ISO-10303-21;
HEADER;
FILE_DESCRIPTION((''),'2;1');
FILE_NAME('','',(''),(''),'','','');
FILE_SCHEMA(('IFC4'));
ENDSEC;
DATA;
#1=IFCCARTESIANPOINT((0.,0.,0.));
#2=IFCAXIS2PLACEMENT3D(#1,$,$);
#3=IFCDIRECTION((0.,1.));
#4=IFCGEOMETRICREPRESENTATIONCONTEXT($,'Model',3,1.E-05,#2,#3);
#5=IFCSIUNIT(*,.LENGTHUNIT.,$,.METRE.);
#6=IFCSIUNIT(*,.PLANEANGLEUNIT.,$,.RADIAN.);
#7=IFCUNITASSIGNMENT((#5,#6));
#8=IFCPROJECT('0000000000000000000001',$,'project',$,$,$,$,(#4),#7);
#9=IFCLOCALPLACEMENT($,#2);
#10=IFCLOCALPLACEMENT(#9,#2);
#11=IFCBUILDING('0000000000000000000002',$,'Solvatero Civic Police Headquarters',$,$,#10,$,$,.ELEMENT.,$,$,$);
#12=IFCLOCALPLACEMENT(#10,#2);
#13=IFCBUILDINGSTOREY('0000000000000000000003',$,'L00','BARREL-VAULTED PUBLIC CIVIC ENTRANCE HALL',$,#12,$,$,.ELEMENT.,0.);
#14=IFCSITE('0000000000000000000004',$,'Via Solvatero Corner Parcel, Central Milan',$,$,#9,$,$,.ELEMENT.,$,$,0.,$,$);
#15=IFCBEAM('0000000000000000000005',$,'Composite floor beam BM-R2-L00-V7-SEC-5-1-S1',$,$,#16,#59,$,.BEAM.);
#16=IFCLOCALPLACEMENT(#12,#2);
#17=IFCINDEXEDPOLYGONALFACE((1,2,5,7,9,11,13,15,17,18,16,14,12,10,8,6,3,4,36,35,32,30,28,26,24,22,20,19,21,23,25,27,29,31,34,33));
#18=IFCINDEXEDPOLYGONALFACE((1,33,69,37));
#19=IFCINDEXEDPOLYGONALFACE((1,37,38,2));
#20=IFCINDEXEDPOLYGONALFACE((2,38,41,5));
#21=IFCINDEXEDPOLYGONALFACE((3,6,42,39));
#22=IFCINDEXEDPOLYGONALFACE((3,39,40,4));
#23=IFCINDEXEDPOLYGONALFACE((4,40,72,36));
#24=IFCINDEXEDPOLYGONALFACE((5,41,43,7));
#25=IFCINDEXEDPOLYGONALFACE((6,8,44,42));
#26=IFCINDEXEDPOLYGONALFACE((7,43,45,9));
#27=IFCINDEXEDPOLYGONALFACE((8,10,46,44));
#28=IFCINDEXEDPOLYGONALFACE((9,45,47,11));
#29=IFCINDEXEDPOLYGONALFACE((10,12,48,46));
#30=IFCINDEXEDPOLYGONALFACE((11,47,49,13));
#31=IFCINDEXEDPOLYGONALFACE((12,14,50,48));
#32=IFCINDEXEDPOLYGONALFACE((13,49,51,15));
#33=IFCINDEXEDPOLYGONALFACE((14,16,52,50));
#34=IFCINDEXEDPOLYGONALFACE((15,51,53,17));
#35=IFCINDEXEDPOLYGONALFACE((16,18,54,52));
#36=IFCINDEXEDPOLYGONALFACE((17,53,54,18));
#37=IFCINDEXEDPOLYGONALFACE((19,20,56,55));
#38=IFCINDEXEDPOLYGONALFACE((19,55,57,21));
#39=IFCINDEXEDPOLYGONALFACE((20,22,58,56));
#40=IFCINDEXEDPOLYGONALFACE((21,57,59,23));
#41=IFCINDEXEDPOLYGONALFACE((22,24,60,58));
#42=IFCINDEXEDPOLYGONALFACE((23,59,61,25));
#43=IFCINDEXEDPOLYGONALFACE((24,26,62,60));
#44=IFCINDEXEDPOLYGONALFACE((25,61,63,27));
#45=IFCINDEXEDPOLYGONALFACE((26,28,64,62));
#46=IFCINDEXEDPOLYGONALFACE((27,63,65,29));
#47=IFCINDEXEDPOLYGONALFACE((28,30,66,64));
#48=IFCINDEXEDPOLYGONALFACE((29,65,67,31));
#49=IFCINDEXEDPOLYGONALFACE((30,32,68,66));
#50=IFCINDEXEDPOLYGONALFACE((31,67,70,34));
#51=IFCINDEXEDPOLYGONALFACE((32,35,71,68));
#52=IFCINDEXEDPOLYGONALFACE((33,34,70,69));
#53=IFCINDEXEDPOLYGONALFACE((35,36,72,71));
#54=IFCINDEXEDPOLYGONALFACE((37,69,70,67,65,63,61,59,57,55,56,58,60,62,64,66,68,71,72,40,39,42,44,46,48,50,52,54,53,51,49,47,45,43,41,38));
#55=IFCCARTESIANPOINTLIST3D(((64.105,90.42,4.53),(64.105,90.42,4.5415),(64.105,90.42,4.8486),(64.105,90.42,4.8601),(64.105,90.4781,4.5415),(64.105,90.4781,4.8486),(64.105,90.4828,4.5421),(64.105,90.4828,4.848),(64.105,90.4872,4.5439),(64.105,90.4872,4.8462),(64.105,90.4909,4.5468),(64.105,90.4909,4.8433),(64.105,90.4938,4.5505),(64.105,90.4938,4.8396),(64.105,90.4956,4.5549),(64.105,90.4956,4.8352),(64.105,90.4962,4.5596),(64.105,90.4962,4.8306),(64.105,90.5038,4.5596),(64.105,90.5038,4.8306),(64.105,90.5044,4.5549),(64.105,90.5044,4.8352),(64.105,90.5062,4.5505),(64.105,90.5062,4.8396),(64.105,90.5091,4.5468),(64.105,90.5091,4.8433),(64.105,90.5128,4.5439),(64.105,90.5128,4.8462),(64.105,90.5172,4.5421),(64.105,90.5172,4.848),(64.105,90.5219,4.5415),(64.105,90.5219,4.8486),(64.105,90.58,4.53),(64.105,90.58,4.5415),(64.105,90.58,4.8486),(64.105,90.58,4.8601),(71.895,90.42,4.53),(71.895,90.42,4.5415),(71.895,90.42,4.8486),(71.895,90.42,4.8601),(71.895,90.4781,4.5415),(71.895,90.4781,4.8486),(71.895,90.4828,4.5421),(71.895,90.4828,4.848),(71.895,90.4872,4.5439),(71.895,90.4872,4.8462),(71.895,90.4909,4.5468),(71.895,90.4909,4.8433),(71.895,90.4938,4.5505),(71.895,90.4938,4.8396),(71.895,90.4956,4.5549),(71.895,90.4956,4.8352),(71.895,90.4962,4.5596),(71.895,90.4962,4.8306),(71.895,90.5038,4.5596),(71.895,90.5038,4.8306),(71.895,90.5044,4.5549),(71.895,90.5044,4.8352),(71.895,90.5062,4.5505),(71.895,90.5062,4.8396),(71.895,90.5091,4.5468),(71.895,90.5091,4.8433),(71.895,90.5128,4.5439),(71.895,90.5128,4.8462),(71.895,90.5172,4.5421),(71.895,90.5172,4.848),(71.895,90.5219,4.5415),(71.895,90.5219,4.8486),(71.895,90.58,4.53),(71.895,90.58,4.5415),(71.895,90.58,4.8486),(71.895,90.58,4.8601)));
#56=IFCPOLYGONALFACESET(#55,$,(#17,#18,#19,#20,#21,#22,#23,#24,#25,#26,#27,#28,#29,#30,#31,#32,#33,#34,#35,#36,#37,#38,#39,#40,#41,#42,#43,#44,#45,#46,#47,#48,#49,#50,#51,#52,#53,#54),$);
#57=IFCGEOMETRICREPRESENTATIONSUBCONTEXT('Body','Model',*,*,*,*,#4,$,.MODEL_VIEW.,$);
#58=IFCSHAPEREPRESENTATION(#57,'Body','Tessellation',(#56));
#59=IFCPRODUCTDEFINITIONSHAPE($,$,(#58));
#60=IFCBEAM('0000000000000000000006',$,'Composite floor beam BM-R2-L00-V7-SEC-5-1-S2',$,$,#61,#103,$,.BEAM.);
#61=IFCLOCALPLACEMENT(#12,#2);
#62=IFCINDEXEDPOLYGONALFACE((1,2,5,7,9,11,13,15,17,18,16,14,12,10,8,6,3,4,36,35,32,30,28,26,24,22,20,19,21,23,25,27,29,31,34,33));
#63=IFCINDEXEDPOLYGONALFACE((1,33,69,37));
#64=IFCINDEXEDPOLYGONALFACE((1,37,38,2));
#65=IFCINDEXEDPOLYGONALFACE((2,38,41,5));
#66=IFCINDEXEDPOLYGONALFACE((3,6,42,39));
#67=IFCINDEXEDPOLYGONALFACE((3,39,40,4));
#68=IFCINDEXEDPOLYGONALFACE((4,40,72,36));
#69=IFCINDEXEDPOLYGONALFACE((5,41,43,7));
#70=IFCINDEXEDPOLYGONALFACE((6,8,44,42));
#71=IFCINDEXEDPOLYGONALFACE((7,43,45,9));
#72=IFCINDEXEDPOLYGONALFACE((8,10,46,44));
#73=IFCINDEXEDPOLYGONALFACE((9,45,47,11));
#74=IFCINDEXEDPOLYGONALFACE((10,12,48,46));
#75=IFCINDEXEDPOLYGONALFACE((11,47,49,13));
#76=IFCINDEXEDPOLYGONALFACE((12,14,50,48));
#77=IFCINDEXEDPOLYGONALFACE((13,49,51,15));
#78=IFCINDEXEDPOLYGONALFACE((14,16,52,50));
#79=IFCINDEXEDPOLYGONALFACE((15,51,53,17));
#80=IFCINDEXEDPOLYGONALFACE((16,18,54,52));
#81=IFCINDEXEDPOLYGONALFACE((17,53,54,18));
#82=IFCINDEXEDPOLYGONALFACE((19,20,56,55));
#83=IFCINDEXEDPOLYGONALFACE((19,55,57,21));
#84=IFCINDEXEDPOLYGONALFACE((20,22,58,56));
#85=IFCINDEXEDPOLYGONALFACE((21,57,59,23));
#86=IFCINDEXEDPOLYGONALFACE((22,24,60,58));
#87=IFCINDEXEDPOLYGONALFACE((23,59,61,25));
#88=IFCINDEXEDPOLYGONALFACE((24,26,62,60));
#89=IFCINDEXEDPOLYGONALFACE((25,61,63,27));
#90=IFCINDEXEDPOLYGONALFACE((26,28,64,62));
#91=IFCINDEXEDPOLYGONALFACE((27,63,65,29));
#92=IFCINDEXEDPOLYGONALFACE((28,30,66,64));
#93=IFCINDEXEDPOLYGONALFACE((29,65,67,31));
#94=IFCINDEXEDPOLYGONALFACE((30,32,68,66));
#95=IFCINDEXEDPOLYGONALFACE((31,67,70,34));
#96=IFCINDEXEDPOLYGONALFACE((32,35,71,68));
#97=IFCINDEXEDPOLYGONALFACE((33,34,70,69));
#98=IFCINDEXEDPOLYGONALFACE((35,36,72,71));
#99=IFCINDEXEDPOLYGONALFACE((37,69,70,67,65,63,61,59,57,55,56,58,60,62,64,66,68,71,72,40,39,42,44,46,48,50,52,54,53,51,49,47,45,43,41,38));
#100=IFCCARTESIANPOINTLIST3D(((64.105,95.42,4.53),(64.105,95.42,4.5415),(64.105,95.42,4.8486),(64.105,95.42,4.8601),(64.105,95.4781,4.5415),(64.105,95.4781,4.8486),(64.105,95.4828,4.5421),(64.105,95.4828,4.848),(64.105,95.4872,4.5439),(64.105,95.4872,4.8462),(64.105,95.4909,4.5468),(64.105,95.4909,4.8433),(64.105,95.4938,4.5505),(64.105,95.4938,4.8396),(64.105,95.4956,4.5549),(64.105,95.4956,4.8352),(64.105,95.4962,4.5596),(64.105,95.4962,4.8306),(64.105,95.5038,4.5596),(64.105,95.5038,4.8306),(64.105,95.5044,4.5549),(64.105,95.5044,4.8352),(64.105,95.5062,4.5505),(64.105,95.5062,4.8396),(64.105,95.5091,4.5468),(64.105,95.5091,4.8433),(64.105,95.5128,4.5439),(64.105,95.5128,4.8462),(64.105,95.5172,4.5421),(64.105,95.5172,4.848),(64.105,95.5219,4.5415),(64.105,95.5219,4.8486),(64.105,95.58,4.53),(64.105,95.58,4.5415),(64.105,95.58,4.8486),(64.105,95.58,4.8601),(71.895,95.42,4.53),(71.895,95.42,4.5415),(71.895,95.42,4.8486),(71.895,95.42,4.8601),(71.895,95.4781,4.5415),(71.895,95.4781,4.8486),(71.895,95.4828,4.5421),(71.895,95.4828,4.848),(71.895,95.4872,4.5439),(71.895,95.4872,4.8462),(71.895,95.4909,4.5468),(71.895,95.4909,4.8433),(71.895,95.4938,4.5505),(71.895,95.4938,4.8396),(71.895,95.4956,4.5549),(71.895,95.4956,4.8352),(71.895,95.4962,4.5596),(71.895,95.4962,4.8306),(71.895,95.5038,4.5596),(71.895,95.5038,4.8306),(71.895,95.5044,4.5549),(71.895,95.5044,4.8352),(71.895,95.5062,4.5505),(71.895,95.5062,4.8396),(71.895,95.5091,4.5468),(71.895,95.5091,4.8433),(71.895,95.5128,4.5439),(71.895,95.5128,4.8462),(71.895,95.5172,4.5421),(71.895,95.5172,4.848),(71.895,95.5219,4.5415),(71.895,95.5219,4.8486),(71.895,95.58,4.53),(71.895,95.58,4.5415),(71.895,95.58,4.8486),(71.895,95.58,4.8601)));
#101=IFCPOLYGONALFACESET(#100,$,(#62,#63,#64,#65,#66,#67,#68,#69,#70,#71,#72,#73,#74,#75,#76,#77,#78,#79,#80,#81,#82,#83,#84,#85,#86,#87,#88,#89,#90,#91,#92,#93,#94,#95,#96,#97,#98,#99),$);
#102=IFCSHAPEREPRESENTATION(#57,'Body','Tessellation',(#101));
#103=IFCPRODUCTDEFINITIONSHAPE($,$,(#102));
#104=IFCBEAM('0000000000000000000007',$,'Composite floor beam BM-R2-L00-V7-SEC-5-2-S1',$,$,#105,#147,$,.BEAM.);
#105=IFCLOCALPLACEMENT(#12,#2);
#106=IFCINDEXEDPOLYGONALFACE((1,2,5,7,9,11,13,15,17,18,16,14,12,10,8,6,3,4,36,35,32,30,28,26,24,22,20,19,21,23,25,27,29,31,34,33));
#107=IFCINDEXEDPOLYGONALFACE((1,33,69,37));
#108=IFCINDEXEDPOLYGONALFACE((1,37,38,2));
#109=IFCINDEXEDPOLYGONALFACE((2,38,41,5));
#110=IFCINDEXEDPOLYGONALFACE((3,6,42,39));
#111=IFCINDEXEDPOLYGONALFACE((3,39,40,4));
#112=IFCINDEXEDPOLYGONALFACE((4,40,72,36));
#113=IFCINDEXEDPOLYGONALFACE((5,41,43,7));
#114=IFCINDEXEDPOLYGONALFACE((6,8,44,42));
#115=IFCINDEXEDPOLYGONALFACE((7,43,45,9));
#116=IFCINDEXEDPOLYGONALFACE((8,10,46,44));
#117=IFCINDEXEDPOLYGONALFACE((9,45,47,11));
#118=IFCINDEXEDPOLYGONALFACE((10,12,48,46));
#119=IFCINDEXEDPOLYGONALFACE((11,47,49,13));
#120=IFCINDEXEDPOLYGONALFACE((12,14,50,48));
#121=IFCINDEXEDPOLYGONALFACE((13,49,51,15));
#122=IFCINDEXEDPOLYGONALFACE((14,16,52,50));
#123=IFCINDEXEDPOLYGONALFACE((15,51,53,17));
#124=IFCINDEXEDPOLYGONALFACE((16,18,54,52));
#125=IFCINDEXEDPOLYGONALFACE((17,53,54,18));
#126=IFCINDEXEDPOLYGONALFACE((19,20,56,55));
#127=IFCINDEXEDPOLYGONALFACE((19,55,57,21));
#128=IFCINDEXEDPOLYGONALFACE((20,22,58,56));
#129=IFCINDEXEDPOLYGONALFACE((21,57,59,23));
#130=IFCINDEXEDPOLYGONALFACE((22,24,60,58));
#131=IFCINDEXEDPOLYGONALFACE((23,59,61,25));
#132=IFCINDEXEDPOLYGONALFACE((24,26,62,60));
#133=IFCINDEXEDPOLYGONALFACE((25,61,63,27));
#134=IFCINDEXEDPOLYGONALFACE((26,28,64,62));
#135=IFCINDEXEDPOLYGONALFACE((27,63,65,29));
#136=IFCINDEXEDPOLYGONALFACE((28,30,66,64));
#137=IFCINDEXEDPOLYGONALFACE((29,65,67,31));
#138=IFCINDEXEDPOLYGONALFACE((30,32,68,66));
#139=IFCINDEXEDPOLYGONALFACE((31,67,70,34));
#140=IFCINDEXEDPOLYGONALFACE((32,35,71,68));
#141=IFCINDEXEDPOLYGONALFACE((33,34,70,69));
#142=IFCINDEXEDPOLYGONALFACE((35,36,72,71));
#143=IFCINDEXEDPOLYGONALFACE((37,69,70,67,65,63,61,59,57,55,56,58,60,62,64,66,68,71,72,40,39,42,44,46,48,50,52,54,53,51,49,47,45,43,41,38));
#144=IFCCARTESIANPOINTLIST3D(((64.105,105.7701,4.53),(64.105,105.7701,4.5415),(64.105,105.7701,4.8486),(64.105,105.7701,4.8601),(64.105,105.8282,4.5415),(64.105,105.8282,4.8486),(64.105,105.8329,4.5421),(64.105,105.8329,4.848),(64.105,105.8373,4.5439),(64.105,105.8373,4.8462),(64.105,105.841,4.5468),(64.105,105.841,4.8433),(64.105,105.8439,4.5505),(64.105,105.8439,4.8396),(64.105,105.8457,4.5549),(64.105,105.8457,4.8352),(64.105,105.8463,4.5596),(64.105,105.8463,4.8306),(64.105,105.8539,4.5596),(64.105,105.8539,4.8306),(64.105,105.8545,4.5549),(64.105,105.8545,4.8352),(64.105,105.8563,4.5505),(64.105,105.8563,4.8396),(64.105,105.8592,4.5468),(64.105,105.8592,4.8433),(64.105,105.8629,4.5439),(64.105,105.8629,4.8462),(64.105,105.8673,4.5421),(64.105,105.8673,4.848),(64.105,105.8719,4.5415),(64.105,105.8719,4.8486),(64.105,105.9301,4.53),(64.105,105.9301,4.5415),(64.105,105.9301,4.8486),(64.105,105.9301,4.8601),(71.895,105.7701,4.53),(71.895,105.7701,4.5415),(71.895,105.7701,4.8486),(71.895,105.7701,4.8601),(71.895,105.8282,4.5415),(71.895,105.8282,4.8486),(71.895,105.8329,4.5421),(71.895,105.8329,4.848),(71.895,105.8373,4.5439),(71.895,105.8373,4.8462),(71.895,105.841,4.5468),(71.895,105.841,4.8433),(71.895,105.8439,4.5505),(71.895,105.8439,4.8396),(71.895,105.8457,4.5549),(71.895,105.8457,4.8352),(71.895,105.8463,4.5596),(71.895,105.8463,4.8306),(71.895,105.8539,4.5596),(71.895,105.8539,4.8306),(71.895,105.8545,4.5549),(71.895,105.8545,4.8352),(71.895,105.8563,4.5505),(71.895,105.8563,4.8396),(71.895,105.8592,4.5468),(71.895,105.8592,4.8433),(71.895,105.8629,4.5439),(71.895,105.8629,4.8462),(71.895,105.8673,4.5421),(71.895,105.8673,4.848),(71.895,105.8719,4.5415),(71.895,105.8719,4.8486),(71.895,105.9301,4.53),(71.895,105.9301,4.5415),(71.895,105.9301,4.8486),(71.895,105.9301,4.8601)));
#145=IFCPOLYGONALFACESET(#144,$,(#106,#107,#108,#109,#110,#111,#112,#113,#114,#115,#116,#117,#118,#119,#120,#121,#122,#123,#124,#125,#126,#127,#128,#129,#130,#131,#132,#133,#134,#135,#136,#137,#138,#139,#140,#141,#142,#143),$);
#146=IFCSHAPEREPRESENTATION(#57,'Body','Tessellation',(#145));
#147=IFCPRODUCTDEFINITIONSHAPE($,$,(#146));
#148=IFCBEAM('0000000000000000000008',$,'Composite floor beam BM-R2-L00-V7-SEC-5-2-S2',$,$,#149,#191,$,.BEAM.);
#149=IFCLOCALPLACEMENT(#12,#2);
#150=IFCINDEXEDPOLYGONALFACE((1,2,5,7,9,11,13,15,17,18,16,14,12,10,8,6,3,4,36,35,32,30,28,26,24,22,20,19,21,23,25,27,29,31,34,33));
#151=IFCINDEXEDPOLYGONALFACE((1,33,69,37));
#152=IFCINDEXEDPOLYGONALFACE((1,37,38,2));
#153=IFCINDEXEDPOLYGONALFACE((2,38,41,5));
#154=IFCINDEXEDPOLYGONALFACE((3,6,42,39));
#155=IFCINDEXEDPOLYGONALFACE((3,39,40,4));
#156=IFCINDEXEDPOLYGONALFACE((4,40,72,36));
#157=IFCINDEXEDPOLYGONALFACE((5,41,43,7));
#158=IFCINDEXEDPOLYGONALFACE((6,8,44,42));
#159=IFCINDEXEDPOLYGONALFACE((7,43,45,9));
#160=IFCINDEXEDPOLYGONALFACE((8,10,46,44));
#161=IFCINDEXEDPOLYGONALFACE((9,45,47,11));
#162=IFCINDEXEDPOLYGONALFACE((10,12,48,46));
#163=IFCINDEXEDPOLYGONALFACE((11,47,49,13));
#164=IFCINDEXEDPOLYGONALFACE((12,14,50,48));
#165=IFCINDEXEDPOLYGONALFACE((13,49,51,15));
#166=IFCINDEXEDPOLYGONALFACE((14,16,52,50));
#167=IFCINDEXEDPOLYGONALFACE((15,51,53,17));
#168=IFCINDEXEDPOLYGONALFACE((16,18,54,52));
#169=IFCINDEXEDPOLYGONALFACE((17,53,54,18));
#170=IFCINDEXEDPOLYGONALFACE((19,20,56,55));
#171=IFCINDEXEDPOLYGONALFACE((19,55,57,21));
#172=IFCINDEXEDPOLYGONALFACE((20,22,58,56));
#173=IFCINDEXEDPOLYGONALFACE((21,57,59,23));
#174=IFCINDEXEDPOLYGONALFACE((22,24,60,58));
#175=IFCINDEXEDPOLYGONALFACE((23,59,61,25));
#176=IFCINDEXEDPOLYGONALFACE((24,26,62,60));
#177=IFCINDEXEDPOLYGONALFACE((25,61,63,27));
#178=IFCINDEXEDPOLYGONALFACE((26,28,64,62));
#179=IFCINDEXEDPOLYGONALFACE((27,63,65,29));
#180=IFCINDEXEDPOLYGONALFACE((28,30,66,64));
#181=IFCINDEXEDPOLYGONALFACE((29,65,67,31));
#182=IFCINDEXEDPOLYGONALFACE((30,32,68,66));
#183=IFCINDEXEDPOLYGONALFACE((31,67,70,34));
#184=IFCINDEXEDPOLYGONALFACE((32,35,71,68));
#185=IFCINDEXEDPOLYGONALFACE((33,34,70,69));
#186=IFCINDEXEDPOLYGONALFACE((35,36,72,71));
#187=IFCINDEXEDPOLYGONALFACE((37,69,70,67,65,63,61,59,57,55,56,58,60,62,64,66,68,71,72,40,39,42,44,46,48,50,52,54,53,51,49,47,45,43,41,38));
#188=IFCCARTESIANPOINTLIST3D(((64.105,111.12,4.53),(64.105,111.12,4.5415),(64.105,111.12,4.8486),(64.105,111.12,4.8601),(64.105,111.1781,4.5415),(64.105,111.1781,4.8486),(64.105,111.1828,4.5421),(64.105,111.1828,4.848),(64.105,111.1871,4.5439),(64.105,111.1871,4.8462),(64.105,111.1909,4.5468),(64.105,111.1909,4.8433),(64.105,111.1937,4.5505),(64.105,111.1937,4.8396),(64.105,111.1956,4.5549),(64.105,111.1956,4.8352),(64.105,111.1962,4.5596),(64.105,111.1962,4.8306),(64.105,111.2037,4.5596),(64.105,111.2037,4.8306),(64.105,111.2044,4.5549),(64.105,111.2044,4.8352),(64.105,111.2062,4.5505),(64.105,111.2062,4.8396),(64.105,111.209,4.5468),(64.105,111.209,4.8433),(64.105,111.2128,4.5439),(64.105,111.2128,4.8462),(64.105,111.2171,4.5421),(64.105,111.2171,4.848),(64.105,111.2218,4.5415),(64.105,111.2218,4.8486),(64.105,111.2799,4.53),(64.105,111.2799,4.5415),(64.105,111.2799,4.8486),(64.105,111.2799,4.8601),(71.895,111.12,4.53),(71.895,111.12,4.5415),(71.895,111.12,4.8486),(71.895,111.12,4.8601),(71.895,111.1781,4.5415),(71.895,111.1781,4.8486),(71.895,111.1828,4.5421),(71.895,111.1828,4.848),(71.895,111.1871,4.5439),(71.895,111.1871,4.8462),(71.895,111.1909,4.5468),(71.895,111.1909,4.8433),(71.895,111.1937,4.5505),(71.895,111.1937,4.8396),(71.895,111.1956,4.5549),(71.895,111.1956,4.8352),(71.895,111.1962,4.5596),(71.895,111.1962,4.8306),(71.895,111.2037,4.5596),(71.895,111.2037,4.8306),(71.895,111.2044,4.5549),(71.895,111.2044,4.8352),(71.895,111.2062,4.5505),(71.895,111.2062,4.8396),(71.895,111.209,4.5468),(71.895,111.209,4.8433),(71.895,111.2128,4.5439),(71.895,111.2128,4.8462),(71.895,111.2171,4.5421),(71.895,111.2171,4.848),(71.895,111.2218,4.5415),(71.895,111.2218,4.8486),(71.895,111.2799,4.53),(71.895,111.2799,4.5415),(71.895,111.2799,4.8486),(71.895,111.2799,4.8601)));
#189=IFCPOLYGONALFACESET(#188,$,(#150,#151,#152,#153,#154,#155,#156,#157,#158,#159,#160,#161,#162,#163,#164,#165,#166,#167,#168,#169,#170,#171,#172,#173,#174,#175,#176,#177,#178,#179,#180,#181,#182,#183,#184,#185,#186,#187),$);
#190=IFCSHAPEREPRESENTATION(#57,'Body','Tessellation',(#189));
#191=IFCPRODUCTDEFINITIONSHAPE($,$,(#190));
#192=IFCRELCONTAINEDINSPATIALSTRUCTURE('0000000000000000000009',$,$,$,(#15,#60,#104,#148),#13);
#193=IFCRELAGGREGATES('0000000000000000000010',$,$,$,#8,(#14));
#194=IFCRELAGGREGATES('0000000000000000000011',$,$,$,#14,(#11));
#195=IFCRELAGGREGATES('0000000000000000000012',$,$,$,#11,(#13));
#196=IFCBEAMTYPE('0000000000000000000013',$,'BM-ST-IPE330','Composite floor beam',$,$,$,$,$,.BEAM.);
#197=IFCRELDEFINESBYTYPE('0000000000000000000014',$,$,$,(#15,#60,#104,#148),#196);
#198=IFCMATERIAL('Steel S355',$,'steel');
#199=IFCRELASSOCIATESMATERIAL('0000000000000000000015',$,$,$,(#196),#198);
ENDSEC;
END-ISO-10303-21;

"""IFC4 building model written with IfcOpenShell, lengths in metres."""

from ifc_helpers import new_model, si_unit, direction, frame, origin, origin_2d, place, context, subcontext, project, spatial, i_section, extrude, material, material_profile, profile_set, type_object, element, save


model = new_model("IFC4")

# Units and contexts
model_context = context("Model", 3, precision=1e-05, world=origin(), true_north=direction((0.0, 1.0)))
body_context = subcontext(model_context, "Body", "Model", "MODEL_VIEW")
ifc_project = project(units=[si_unit("LENGTHUNIT", "METRE"), si_unit("PLANEANGLEUNIT", "RADIAN")], contexts=[model_context])

# Site, building, storey
site_placement = place(None, origin())
site = spatial("IfcSite", under=ifc_project, at=site_placement, Name="Via Solvatero Corner Parcel, Central Milan", CompositionType="ELEMENT", RefElevation=0.0)
building_placement = place(site_placement, origin())
building = spatial("IfcBuilding", under=site, at=building_placement, Name="Solvatero Civic Police Headquarters", CompositionType="ELEMENT")
storey_placement = place(building_placement, origin())
storey = spatial("IfcBuildingStorey", under=building, at=storey_placement, Name="L00", Description="BARREL-VAULTED PUBLIC CIVIC ENTRANCE HALL", CompositionType="ELEMENT", Elevation=0.0)

# Beams
ifc_material_1 = material(Name="Steel S355", Category="steel")
ifc_material_profile_1 = material_profile(ifc_material_1, i_section(OverallWidth=0.1599, OverallDepth=0.3301, WebThickness=0.0076, FlangeThickness=0.0115, FilletRadius=0.0181, at=origin_2d()), Name="IPE 330")
ifc_profile_set_1 = profile_set([ifc_material_profile_1], Name="Steel S355")
beam_type_1 = type_object("IfcBeamType", Name="BM-ST-IPE330", Description="Composite floor beam", PredefinedType="BEAM", material=ifc_profile_set_1)
for number, where, z_axis, x_axis, name in (
    (1, (64.105, 90.5, 4.6951), (1.0, 0.0, 0.0), (0.0, 1.0, 0.0), "Composite floor beam BM-R2-L00-V7-SEC-5-1-S1"),
    (2, (64.105, 95.5, 4.6951), (1.0, 0.0, 0.0), (0.0, 1.0, 0.0), "Composite floor beam BM-R2-L00-V7-SEC-5-1-S2"),
    (3, (64.105, 105.8501, 4.6951), (1.0, 0.0, 0.0), (0.0, 1.0, 0.0), "Composite floor beam BM-R2-L00-V7-SEC-5-2-S1"),
    (4, (64.105, 111.2, 4.6951), (1.0, 0.0, 0.0), (0.0, 1.0, 0.0), "Composite floor beam BM-R2-L00-V7-SEC-5-2-S2"),
):
    element("IfcBeam", number, at=place(storey_placement, frame(where, z_axis=z_axis, x_axis=x_axis)), inside=storey, type_object=beam_type_1, Name=name, PredefinedType="BEAM", context=body_context, shape_type="SweptSolid", body=[
        extrude(i_section(OverallWidth=0.1599, OverallDepth=0.3301, WebThickness=0.0076, FlangeThickness=0.0115, FilletRadius=0.0181, at=origin_2d()), origin(), (0.0, 0.0, 1.0), 7.79),
    ])

save(model, "model.ifc")
